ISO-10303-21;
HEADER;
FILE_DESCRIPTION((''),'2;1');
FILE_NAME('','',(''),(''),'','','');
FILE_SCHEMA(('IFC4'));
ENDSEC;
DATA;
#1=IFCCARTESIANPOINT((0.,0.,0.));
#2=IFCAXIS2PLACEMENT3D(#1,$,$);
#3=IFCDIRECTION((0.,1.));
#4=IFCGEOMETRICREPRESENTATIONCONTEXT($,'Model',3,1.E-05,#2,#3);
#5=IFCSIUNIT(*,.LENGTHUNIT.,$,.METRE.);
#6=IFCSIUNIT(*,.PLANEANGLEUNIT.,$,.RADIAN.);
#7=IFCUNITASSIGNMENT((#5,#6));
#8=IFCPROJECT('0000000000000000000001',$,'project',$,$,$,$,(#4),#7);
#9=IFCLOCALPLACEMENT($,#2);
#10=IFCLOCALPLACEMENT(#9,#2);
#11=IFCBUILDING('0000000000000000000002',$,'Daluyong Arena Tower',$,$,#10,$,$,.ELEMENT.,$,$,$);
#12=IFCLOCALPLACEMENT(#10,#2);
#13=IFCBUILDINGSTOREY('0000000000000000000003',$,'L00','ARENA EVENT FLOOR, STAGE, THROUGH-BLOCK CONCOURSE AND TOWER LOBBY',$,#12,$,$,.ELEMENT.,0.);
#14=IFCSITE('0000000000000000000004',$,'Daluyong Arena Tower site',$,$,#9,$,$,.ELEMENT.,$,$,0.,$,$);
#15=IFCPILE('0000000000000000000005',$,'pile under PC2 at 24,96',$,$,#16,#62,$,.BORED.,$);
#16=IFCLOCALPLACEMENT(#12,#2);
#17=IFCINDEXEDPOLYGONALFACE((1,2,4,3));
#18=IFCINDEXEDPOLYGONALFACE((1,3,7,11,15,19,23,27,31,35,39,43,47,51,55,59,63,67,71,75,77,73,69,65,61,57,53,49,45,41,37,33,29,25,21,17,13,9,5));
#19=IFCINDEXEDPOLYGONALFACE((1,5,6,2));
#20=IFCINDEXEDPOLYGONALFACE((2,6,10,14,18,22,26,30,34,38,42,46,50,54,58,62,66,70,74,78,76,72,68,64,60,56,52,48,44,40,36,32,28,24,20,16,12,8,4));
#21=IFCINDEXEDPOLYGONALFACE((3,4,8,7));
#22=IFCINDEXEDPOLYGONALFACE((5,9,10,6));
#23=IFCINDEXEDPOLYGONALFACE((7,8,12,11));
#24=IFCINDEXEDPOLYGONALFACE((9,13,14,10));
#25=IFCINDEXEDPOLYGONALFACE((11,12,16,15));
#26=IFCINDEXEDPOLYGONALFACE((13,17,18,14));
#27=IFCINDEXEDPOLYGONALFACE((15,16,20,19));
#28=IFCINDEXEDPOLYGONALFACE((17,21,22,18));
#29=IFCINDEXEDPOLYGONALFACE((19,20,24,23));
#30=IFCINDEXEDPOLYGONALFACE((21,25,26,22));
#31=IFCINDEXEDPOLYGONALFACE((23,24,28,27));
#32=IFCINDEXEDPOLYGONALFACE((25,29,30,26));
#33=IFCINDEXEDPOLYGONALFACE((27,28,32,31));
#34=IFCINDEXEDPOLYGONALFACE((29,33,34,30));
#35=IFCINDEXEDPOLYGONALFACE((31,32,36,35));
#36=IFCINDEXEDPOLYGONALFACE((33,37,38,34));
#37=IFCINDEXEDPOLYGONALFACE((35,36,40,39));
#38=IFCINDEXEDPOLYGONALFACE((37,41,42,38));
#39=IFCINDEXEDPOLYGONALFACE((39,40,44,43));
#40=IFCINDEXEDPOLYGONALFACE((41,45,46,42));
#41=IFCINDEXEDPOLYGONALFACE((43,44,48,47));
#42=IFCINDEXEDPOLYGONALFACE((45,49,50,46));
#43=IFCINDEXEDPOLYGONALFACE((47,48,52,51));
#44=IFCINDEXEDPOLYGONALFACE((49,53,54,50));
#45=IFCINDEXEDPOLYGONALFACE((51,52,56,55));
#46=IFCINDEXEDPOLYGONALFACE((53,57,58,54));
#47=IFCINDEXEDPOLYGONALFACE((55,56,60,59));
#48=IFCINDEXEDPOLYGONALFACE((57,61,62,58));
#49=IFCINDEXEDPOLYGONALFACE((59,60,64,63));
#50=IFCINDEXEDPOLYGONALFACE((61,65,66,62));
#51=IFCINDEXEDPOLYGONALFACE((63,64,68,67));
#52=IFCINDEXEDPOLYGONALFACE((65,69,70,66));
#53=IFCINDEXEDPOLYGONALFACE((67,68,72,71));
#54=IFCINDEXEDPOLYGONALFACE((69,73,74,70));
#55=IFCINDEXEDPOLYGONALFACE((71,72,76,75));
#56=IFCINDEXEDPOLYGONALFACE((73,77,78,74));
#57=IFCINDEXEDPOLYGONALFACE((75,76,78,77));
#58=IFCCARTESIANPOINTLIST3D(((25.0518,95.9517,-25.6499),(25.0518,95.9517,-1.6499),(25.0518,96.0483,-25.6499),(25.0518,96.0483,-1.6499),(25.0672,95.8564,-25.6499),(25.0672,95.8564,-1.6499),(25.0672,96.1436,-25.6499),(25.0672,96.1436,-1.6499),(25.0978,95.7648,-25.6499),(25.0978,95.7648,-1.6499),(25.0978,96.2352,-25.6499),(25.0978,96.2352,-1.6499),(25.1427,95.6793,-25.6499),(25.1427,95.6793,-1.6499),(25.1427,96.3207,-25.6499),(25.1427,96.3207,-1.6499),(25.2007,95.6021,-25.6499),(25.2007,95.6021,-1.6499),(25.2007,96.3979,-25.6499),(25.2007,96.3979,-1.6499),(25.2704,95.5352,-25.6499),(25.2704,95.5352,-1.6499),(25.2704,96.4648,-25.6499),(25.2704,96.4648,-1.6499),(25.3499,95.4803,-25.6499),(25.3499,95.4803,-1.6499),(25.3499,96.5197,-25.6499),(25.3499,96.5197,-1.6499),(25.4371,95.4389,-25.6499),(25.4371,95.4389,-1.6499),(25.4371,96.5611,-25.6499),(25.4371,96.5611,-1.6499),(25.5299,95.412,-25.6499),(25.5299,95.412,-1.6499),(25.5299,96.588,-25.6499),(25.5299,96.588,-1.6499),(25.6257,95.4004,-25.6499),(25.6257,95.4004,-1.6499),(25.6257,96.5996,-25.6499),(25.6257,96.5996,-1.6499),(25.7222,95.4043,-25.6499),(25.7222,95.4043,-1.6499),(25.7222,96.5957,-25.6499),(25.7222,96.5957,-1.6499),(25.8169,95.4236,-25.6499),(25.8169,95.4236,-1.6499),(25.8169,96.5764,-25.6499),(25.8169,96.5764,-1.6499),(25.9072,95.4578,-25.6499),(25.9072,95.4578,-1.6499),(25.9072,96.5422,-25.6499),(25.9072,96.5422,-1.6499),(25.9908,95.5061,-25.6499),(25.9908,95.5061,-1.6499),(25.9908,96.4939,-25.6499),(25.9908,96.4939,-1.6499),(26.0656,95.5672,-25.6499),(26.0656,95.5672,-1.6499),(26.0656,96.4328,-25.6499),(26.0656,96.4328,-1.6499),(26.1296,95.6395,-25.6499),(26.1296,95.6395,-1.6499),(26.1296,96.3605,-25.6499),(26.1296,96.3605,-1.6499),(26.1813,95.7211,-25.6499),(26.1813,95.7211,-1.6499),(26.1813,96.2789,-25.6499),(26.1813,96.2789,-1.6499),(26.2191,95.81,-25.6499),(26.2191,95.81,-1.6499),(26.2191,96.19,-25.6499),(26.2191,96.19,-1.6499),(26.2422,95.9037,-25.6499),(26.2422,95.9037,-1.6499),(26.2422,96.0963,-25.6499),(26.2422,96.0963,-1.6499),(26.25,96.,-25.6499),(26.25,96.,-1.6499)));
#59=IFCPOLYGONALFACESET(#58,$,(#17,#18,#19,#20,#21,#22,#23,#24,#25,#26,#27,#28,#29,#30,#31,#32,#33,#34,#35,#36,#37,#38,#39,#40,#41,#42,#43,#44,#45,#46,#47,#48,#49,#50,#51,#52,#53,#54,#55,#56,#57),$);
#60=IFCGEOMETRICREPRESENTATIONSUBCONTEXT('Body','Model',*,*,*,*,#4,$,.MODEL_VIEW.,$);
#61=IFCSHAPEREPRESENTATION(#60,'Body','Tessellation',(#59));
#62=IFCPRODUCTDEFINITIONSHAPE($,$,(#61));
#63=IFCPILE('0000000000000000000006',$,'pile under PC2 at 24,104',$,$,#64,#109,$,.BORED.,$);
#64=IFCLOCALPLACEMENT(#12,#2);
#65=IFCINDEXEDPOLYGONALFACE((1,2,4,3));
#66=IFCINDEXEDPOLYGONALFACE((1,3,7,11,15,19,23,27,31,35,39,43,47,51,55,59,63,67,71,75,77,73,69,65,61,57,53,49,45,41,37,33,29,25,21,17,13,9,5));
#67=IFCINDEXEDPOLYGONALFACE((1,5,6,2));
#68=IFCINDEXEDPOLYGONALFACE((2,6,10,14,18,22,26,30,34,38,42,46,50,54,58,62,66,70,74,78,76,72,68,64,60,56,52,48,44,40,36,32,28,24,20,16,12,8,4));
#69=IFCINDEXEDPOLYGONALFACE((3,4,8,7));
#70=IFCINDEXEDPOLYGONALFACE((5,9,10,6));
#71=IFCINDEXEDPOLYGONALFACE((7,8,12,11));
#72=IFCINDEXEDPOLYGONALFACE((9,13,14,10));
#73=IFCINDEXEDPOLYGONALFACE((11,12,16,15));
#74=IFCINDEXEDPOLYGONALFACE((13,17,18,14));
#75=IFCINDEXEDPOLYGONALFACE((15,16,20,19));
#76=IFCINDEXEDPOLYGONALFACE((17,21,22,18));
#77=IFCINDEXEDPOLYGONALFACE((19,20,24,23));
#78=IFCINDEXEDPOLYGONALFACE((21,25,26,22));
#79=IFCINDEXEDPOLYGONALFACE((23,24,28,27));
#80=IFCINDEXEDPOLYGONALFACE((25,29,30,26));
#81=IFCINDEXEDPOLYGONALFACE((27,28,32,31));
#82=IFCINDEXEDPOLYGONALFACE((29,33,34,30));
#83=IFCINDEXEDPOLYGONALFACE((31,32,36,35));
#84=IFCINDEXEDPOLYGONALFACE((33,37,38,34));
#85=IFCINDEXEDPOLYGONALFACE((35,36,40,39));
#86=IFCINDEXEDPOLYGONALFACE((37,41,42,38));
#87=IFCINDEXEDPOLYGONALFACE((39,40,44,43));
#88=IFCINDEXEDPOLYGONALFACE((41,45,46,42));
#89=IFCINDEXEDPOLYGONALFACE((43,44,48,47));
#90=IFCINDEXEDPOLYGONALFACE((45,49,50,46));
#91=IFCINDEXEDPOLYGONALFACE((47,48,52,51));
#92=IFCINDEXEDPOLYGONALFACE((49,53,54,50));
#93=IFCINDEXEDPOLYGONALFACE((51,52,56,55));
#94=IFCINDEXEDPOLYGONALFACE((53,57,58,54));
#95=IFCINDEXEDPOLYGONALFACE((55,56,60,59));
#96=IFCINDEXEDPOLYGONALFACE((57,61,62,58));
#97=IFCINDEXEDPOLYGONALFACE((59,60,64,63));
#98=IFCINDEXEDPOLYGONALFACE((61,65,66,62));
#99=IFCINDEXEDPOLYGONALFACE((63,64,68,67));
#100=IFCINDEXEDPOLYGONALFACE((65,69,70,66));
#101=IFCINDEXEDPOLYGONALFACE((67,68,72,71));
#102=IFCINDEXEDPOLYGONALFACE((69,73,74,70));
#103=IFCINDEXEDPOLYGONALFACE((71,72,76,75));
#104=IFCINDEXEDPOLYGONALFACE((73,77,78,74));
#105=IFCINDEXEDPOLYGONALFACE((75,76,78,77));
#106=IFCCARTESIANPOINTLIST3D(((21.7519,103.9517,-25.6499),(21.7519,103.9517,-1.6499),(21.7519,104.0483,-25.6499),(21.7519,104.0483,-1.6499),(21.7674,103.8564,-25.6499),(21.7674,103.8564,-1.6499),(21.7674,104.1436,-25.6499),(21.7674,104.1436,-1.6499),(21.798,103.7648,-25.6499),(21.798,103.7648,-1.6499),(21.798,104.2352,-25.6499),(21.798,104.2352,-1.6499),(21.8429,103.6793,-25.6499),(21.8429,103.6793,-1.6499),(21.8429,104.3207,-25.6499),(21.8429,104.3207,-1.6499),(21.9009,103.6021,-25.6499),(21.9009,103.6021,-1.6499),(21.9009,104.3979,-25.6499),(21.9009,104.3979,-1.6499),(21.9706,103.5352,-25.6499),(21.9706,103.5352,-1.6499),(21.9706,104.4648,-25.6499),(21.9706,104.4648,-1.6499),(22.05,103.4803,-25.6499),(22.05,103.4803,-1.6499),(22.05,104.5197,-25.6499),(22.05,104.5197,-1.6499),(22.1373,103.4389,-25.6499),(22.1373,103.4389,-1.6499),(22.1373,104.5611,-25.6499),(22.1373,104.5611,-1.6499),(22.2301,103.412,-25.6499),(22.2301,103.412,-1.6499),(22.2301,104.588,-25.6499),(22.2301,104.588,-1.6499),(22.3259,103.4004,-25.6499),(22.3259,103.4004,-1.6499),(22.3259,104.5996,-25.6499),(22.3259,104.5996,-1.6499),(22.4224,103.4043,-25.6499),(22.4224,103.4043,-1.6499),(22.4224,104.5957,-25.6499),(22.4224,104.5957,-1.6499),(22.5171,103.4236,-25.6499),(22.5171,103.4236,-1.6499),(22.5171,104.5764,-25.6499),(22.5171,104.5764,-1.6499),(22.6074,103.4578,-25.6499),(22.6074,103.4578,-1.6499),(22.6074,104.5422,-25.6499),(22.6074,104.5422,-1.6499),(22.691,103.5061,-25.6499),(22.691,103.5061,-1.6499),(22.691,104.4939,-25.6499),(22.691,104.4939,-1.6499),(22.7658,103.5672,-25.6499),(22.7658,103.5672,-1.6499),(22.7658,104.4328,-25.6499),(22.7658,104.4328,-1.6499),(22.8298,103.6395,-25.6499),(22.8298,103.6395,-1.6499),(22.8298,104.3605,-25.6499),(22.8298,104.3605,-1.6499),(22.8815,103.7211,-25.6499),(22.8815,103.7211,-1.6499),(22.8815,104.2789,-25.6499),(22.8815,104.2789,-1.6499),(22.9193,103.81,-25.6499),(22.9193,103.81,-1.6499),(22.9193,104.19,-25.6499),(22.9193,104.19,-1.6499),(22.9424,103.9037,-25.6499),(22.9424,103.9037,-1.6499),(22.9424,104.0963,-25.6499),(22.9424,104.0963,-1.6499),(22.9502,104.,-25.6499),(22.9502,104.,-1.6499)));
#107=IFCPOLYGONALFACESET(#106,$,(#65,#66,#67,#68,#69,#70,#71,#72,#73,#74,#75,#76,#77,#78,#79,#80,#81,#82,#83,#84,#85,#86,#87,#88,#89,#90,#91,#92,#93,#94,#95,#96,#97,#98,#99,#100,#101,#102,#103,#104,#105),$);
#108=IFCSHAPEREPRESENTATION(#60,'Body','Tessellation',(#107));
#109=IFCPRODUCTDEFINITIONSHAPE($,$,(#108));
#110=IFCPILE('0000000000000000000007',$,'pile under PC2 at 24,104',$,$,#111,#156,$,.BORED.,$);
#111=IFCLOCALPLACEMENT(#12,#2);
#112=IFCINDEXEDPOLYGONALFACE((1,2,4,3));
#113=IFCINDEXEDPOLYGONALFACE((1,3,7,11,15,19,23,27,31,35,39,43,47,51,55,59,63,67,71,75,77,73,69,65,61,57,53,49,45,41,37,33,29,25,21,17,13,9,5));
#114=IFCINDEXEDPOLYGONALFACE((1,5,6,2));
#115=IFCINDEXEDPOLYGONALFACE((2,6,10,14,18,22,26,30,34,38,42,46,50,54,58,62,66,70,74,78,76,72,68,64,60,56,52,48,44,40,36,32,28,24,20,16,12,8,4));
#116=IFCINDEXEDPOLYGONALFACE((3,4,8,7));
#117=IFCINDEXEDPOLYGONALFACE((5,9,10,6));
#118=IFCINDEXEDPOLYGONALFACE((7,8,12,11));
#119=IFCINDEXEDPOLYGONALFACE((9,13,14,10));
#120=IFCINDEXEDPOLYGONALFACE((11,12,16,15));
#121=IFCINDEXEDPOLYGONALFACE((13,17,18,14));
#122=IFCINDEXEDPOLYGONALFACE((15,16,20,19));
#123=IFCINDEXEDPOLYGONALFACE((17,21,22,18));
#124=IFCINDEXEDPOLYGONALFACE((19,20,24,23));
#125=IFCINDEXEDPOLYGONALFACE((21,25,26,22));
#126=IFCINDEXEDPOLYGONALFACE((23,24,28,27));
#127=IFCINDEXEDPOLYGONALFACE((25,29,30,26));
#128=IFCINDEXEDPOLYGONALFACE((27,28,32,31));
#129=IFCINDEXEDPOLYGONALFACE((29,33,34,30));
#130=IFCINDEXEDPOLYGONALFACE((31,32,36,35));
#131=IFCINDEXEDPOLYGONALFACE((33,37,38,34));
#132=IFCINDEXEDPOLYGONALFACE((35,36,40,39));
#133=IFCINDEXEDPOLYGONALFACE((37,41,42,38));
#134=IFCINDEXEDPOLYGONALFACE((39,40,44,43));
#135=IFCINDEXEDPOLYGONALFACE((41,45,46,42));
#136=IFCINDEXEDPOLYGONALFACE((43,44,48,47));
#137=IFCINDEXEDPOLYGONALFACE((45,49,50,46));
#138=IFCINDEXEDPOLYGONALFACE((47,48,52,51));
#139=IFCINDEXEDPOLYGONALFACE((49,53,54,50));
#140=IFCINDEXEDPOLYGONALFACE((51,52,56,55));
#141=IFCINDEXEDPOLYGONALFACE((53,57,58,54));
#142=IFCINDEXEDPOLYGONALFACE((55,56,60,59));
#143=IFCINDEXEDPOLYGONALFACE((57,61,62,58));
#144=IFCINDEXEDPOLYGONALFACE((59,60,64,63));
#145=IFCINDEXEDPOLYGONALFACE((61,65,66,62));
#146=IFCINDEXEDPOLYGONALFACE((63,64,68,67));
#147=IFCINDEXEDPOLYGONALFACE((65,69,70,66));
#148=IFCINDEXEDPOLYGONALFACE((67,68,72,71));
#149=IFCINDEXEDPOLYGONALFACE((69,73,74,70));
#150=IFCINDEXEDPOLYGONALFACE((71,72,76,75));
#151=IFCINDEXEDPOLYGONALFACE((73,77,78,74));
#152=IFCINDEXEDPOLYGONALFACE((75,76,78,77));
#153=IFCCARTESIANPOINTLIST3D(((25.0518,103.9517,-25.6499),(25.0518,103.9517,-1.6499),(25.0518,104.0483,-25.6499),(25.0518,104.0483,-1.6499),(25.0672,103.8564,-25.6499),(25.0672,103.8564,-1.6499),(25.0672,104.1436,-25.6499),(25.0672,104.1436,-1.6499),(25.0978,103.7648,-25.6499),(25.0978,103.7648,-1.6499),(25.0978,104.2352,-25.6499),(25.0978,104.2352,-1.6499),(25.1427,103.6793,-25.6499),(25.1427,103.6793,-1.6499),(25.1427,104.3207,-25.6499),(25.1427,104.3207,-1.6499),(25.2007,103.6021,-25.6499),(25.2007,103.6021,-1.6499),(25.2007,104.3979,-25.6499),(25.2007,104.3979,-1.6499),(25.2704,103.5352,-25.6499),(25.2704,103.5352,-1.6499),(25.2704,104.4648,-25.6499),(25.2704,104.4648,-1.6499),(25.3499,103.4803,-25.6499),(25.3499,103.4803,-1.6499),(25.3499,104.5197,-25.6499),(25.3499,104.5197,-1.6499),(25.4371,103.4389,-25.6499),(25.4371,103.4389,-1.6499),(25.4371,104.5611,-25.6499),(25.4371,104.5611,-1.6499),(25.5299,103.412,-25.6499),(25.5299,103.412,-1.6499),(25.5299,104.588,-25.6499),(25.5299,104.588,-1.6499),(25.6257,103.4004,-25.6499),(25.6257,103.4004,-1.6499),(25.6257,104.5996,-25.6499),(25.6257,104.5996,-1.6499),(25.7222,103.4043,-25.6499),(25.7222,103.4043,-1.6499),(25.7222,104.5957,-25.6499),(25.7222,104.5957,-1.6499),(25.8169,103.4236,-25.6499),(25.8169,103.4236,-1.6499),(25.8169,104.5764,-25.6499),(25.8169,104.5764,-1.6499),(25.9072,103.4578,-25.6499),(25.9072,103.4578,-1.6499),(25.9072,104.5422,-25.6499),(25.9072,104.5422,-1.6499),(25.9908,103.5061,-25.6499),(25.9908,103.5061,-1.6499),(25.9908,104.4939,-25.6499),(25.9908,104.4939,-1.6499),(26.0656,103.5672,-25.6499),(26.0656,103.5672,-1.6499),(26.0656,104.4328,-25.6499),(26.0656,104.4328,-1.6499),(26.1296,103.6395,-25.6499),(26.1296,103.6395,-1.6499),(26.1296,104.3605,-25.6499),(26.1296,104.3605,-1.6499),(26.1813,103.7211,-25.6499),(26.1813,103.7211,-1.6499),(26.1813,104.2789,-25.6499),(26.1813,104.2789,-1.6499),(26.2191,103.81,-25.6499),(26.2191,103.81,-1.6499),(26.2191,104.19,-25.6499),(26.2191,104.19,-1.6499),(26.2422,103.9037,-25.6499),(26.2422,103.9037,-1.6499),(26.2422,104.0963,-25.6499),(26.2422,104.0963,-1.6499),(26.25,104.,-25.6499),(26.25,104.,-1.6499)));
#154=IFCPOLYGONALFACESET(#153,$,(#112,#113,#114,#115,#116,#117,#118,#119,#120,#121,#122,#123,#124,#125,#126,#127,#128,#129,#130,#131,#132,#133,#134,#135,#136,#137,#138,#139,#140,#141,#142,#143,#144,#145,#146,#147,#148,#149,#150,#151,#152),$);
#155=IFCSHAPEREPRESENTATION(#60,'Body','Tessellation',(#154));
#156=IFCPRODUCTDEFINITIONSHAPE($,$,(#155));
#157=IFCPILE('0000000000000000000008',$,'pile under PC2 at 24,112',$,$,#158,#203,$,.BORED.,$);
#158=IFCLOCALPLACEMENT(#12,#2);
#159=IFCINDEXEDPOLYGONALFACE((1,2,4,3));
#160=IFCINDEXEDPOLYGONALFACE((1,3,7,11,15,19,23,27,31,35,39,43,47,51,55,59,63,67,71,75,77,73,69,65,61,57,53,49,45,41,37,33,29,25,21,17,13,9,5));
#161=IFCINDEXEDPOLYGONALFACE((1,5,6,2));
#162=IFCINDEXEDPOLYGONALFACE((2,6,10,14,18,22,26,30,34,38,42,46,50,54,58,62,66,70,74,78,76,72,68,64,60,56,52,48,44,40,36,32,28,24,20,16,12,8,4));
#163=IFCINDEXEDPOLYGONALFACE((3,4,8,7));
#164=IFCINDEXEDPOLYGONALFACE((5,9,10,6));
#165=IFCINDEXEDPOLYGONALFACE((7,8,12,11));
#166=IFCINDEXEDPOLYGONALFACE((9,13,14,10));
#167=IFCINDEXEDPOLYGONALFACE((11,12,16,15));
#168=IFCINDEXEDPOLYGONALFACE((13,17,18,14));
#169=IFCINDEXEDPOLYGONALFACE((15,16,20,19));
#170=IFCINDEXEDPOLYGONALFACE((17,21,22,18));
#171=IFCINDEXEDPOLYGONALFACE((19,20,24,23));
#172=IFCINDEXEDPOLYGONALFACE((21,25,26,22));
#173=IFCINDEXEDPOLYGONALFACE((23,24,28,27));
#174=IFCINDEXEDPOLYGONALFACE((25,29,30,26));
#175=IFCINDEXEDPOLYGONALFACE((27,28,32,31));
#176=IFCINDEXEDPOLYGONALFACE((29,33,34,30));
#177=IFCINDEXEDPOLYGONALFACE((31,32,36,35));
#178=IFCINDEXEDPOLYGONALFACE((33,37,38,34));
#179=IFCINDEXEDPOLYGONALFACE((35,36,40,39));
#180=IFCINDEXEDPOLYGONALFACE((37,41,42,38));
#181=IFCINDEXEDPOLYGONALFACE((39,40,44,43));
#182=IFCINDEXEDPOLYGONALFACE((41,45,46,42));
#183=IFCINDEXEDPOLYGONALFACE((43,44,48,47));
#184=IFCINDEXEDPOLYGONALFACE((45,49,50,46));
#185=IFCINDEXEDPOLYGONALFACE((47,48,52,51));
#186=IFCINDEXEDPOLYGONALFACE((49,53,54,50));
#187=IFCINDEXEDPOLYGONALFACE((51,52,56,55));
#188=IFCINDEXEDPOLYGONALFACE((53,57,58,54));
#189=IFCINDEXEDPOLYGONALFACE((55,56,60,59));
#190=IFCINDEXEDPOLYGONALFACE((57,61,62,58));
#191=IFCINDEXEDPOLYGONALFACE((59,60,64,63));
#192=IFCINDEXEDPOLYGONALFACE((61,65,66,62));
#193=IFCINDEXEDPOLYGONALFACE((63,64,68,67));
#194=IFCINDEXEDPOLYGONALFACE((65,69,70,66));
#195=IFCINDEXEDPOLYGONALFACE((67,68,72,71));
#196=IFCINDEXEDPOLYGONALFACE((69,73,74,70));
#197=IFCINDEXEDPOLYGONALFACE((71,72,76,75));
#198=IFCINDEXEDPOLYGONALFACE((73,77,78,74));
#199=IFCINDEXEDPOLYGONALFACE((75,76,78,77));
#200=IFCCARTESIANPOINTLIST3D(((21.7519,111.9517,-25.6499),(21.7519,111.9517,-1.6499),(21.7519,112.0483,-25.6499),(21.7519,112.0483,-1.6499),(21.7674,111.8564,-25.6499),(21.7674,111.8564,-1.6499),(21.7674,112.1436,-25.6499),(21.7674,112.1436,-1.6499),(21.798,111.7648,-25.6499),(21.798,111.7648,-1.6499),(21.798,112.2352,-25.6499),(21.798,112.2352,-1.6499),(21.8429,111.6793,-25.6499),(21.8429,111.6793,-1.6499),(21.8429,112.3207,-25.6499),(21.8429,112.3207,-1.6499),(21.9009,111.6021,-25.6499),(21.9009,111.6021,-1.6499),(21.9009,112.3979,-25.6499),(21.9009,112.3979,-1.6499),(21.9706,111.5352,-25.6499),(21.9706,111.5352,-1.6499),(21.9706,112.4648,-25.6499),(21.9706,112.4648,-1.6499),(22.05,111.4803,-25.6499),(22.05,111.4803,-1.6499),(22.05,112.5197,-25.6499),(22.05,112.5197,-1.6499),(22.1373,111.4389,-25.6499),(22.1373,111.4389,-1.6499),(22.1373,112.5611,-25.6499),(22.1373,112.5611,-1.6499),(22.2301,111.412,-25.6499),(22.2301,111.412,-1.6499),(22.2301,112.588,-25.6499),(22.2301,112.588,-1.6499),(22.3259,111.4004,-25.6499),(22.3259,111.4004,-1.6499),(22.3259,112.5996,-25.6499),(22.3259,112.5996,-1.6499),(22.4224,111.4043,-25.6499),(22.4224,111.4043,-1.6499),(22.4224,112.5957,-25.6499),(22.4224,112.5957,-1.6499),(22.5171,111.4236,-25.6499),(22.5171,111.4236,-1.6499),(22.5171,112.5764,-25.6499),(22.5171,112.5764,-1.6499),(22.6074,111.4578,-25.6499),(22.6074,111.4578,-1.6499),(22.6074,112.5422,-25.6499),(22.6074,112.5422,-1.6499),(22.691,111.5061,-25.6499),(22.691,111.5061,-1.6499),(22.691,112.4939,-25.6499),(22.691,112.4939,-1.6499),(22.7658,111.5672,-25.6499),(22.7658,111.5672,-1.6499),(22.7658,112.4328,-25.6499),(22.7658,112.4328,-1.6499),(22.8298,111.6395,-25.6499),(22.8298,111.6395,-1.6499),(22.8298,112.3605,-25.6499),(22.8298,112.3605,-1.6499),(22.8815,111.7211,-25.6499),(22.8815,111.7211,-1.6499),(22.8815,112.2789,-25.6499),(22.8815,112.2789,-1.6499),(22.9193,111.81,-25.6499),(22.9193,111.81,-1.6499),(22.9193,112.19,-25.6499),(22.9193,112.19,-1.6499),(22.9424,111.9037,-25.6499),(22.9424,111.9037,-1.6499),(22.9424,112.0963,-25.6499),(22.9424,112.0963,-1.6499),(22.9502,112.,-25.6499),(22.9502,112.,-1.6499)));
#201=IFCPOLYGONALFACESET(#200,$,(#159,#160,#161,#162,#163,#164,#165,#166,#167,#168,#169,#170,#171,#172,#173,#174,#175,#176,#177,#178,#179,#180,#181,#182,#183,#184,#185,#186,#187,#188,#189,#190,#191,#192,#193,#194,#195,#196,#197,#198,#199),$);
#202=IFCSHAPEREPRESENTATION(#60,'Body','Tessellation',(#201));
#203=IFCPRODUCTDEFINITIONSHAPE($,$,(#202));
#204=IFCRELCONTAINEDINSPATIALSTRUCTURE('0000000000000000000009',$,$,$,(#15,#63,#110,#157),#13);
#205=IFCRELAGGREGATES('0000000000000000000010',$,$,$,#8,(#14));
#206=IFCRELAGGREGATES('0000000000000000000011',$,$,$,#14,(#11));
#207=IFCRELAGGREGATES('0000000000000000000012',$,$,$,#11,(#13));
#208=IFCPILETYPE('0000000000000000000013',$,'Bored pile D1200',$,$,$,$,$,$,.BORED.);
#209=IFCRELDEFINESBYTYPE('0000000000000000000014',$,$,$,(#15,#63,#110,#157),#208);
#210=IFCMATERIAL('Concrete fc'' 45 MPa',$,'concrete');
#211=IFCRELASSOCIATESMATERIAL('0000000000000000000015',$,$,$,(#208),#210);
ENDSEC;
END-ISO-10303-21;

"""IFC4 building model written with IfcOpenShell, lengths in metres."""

from ifc_helpers import new_model, si_unit, direction, frame, origin, origin_2d, place, context, subcontext, project, spatial, circle, extrude, material, type_object, element, save


model = new_model("IFC4")

# Units and contexts
model_context = context("Model", 3, precision=1e-05, world=origin(), true_north=direction((0.0, 1.0)))
body_context = subcontext(model_context, "Body", "Model", "MODEL_VIEW")
ifc_project = project(units=[si_unit("LENGTHUNIT", "METRE"), si_unit("PLANEANGLEUNIT", "RADIAN")], contexts=[model_context])

# Site, building, storey
site_placement = place(None, origin())
site = spatial("IfcSite", under=ifc_project, at=site_placement, Name="Daluyong Arena Tower site", CompositionType="ELEMENT", RefElevation=0.0)
building_placement = place(site_placement, origin())
building = spatial("IfcBuilding", under=site, at=building_placement, Name="Daluyong Arena Tower", CompositionType="ELEMENT")
storey_placement = place(building_placement, origin())
storey = spatial("IfcBuildingStorey", under=building, at=storey_placement, Name="L00", Description="ARENA EVENT FLOOR, STAGE, THROUGH-BLOCK CONCOURSE AND TOWER LOBBY", CompositionType="ELEMENT", Elevation=0.0)

# Piles
ifc_material_1 = material(Name="Concrete fc' 45 MPa", Category="concrete")
pile_type_1 = type_object("IfcPileType", Name="Bored pile D1200", PredefinedType="BORED", material=ifc_material_1)
for number, where, z_axis, x_axis, name in (
    (1, (25.6499, 96.0, -1.6499), (0.0, 0.0, -1.0), (1.0, 0.0, 0.0), "pile under PC2 at 24,96"),
    (2, (22.3501, 104.0, -1.6499), (0.0, 0.0, -1.0), (1.0, 0.0, 0.0), "pile under PC2 at 24,104"),
    (3, (25.6499, 104.0, -1.6499), (0.0, 0.0, -1.0), (1.0, 0.0, 0.0), "pile under PC2 at 24,104"),
    (4, (22.3501, 112.0, -1.6499), (0.0, 0.0, -1.0), (1.0, 0.0, 0.0), "pile under PC2 at 24,112"),
):
    element("IfcPile", number, at=place(storey_placement, frame(where, z_axis=z_axis, x_axis=x_axis)), inside=storey, type_object=pile_type_1, Name=name, PredefinedType="BORED", context=body_context, shape_type="SweptSolid", body=[
        extrude(circle(Radius=0.6001, at=origin_2d()), origin(), (0.0, 0.0, 1.0), 24.0),
    ])

save(model, "model.ifc")
